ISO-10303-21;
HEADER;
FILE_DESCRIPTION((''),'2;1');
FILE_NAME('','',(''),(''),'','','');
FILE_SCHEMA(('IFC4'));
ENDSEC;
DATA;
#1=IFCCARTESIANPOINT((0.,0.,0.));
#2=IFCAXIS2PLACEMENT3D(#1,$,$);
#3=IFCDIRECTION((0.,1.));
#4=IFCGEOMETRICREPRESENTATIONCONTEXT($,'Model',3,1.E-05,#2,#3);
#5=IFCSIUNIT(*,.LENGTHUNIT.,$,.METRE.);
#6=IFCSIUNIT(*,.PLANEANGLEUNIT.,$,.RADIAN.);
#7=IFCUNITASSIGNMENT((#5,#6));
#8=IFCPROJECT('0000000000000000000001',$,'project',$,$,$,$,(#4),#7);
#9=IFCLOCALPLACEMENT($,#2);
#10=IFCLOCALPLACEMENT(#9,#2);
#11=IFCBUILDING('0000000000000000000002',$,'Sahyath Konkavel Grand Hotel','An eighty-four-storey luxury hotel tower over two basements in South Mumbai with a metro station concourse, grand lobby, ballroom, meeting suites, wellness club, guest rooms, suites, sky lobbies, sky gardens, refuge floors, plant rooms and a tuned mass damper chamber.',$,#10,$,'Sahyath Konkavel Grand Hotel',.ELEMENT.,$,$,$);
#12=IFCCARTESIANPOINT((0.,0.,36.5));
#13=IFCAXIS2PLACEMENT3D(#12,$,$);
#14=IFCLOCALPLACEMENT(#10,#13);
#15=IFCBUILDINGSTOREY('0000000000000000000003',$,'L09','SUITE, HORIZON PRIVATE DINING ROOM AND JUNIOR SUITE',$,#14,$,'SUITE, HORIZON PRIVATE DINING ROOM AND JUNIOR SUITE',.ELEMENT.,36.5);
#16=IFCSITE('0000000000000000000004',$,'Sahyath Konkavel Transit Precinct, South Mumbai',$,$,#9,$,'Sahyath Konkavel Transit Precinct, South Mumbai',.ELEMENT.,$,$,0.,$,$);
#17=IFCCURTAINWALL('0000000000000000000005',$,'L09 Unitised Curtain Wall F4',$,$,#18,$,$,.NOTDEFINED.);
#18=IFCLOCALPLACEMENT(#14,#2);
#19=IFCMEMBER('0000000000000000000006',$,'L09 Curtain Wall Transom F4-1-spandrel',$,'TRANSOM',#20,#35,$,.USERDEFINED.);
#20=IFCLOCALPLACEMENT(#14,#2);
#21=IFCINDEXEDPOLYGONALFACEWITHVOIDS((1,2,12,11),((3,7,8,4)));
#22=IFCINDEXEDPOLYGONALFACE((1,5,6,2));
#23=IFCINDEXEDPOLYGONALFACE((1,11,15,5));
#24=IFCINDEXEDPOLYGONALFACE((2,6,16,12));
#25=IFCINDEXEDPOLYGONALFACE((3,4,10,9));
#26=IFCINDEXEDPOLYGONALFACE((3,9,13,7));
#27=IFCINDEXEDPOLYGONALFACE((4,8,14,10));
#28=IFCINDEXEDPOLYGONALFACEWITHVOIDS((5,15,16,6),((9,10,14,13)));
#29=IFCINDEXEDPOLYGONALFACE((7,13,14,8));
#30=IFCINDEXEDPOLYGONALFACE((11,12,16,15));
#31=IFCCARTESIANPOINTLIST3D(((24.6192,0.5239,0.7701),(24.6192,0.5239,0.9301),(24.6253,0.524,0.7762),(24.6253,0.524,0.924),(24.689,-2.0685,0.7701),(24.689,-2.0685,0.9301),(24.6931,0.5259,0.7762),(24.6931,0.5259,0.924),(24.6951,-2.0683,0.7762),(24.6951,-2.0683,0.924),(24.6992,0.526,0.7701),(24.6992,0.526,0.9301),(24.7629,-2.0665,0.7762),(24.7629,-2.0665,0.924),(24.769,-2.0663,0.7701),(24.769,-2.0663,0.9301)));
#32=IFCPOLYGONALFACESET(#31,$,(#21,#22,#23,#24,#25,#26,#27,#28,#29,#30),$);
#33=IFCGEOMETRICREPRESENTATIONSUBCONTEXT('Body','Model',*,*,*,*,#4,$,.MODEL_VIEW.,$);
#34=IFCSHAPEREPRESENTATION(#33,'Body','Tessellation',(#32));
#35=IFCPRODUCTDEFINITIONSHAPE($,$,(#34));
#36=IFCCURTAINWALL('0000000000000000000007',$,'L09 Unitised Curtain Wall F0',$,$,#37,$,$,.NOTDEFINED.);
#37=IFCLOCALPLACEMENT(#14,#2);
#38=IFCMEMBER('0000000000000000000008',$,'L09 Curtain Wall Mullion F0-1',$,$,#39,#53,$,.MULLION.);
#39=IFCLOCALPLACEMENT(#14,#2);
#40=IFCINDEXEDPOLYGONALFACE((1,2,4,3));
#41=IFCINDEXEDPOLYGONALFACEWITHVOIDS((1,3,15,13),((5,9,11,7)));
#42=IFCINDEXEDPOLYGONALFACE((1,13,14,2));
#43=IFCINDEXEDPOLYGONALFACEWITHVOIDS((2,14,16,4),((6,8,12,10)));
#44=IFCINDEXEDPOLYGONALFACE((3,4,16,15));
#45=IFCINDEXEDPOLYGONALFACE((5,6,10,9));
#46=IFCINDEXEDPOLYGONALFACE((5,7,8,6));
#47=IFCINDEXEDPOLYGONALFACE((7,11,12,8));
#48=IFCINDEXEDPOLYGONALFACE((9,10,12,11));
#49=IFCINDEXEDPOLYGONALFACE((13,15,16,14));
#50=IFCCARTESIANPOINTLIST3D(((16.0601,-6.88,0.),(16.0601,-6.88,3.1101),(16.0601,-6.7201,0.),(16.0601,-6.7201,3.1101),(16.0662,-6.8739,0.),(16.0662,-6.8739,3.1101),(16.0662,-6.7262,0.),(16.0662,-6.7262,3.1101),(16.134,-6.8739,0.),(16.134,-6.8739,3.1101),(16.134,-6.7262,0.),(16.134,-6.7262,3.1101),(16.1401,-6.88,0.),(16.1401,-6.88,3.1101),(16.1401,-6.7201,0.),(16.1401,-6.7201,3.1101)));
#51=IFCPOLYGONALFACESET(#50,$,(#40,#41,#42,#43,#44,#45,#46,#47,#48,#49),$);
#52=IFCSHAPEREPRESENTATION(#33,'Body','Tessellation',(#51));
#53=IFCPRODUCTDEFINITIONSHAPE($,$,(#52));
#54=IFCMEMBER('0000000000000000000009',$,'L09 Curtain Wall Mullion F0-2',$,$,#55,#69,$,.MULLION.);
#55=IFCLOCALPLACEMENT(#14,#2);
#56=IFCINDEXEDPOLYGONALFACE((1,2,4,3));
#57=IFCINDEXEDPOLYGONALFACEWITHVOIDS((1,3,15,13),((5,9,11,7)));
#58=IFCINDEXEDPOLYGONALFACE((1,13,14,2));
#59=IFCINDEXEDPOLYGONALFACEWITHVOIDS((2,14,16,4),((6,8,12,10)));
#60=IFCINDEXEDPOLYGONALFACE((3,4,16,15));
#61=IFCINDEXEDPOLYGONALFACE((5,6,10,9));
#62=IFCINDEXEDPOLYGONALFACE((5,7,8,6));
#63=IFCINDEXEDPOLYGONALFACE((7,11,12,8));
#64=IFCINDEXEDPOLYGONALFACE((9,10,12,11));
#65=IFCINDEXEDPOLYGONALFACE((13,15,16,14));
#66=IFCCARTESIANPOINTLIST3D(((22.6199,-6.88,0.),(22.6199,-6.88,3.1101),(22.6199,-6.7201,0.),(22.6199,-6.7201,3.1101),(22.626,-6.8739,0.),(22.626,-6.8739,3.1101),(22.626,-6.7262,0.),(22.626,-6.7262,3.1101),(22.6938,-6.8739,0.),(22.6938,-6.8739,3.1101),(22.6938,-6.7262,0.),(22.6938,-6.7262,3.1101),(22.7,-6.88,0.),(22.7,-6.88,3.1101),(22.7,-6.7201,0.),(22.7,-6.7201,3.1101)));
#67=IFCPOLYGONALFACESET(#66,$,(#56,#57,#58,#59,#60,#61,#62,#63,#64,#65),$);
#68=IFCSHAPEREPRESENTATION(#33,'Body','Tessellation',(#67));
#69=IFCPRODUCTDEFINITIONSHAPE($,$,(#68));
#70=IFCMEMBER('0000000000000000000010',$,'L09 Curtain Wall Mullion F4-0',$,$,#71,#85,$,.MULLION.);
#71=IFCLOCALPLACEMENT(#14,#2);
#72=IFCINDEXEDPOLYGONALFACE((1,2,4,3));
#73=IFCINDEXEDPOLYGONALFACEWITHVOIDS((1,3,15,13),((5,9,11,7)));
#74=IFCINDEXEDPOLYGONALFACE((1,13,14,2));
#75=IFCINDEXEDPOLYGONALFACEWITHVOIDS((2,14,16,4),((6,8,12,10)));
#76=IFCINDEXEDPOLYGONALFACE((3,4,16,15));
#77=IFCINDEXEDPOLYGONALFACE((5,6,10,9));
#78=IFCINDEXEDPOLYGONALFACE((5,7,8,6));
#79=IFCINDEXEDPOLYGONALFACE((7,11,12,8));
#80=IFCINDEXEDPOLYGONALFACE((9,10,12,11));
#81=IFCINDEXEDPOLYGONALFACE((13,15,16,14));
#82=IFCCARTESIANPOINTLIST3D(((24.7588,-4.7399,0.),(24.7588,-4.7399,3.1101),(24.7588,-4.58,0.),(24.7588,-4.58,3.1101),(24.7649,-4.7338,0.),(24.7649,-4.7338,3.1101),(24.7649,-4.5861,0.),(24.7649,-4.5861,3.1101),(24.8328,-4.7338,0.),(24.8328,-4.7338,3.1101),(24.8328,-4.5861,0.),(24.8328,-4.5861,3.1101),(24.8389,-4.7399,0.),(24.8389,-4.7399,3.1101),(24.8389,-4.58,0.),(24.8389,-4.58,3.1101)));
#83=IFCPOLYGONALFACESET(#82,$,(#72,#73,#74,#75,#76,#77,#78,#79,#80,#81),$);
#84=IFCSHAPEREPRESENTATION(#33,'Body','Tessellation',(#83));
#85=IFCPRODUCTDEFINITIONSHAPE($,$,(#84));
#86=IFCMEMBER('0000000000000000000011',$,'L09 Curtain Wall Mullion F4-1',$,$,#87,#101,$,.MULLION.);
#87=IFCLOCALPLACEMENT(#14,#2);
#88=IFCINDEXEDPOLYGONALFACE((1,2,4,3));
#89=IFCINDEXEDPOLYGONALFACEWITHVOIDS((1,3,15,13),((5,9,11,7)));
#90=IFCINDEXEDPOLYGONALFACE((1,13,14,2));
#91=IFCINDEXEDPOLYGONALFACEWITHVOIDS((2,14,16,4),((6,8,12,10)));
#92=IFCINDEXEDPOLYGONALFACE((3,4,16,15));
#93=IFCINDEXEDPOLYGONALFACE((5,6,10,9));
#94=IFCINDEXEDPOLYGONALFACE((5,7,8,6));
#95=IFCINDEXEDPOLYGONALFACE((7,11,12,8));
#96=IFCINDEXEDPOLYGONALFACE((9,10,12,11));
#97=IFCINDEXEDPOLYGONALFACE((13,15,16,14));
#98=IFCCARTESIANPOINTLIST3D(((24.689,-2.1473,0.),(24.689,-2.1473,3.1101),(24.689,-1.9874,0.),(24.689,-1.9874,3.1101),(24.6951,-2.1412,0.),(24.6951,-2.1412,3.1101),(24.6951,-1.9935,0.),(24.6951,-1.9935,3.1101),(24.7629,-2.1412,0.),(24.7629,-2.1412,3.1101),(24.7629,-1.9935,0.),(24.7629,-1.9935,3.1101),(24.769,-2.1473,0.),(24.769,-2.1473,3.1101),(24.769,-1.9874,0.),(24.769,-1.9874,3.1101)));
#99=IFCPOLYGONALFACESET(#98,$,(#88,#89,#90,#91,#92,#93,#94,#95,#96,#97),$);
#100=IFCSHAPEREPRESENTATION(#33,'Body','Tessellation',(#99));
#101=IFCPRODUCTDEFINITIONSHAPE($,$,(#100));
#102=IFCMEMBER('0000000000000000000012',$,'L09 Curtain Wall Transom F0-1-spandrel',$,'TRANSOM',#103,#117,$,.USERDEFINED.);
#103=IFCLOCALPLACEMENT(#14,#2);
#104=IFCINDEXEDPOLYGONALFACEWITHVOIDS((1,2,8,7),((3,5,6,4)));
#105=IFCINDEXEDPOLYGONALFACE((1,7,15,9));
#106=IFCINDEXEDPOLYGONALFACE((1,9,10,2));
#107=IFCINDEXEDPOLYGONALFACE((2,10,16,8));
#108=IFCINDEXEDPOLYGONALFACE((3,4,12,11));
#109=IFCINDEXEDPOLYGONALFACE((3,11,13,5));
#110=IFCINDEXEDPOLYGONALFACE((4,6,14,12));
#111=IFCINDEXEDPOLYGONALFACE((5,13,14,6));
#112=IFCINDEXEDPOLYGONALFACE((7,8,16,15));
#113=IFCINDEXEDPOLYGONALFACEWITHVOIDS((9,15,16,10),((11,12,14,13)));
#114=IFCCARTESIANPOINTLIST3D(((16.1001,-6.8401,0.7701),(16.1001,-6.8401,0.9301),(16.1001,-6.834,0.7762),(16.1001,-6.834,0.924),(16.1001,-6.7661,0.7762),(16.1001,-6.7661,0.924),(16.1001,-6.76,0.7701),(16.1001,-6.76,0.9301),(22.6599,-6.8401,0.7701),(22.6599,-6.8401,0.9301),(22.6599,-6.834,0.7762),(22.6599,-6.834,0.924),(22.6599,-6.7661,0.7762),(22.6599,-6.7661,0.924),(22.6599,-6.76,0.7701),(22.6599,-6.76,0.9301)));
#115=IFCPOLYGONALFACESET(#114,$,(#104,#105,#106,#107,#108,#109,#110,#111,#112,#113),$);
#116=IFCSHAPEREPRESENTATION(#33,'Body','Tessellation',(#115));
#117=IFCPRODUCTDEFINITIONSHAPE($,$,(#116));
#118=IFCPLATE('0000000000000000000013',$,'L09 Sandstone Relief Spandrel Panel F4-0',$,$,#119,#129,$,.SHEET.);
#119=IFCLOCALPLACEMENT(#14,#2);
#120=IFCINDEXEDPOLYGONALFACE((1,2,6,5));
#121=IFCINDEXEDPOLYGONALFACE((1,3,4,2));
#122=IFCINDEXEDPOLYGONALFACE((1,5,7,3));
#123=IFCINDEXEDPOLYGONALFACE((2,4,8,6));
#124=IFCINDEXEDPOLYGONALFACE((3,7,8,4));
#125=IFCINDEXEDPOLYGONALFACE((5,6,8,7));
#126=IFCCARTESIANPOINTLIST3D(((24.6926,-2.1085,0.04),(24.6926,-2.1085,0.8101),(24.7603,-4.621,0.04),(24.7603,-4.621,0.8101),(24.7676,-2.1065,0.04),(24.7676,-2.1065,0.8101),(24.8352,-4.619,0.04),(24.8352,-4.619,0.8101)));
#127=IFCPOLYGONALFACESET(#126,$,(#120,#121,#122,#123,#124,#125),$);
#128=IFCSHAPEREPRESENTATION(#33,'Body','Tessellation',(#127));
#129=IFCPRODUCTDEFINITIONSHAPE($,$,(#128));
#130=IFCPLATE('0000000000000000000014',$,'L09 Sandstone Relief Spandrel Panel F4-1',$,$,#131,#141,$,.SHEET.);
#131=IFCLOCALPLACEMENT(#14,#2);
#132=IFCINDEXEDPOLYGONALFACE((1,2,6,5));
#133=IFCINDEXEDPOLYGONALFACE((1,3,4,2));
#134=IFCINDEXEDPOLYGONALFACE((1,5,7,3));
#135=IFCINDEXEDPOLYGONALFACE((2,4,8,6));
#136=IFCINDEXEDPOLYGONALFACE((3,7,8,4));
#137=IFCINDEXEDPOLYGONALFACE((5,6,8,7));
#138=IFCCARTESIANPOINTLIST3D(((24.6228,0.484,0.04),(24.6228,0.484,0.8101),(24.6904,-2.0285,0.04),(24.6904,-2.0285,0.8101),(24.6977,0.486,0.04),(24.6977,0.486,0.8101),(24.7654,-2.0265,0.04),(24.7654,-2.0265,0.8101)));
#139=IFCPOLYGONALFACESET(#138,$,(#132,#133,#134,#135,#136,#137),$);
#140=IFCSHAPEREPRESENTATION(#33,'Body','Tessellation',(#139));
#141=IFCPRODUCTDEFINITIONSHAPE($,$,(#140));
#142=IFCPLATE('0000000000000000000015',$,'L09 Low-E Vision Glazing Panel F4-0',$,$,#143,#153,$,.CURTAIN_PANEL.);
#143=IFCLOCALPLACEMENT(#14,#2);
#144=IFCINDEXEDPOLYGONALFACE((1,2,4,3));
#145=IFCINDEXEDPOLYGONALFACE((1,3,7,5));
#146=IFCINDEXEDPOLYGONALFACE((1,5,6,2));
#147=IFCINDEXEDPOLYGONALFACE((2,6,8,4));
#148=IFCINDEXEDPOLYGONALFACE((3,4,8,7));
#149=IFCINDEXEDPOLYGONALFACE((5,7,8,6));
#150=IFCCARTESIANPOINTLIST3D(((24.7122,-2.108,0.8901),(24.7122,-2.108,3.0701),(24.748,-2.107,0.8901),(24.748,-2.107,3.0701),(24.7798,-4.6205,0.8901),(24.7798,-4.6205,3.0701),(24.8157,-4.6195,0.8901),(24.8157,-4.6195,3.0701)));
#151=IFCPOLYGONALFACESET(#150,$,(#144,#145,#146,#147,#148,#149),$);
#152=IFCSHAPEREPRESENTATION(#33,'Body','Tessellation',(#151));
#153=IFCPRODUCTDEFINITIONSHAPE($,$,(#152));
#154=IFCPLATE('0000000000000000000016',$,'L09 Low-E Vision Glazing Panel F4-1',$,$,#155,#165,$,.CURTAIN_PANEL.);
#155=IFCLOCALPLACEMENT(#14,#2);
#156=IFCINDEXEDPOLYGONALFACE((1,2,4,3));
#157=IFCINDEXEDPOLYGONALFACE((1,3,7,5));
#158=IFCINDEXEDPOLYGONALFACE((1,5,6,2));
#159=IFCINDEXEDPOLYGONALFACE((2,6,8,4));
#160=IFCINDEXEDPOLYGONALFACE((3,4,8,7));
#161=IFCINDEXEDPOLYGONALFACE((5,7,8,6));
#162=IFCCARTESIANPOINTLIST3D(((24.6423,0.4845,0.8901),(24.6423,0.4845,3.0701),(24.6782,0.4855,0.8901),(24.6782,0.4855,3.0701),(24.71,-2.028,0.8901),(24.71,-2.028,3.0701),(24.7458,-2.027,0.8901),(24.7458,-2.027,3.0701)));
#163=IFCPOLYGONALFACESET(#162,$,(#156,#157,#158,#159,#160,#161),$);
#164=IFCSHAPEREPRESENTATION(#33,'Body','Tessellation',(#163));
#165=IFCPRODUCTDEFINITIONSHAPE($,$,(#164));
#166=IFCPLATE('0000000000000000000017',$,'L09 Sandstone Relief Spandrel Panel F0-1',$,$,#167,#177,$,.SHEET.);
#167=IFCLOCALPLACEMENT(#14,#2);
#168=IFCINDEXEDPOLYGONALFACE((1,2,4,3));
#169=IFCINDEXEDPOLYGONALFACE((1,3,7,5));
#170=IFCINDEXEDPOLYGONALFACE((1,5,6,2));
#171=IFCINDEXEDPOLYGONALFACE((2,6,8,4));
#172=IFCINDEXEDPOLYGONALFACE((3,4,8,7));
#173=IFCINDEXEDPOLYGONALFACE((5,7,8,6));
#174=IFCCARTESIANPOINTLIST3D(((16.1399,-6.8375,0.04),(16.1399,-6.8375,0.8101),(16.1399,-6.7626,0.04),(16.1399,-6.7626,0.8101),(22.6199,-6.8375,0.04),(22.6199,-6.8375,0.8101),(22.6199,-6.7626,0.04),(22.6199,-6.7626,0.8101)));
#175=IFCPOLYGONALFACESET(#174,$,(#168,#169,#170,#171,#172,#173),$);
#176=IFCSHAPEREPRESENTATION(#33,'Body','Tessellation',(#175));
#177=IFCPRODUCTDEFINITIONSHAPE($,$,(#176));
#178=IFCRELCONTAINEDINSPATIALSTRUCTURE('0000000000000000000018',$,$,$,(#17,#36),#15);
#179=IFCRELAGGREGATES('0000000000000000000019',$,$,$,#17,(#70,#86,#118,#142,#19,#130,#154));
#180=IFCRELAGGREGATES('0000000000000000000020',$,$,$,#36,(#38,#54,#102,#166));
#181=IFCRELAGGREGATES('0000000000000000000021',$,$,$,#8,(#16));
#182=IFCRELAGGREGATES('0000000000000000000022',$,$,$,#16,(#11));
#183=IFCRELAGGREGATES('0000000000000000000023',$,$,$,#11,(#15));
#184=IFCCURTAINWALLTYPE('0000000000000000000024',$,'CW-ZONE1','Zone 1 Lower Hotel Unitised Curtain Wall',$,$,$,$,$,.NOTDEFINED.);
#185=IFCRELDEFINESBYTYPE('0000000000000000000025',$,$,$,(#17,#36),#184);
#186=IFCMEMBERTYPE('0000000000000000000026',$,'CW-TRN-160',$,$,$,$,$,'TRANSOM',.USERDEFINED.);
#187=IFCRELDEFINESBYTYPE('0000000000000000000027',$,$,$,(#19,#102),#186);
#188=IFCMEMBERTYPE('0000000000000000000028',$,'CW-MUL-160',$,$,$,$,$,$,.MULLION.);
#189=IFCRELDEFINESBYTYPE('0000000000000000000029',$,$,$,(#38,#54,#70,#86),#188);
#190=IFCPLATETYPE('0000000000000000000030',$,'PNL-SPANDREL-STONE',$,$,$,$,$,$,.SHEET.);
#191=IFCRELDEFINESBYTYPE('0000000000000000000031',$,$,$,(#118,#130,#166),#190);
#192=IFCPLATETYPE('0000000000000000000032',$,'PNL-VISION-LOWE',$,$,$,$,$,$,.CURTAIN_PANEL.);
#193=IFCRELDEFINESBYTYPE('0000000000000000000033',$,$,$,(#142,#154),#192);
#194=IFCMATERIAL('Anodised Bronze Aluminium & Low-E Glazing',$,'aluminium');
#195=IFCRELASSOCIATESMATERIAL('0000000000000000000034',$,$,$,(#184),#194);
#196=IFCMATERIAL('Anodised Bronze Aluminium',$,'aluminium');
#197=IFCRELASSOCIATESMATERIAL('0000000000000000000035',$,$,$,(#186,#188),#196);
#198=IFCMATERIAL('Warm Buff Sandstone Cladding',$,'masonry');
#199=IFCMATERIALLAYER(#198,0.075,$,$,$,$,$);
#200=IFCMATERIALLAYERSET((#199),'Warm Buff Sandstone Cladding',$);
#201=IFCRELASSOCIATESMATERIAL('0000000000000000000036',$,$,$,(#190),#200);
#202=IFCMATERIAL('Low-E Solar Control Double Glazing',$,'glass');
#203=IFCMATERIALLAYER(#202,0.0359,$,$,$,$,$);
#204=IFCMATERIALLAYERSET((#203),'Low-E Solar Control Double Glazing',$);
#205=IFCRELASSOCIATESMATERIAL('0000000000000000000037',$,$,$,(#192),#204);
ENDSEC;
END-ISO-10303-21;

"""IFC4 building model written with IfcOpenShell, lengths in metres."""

from ifc_helpers import new_model, si_unit, direction, frame, origin, origin_2d, place, context, subcontext, project, spatial, rectangle, hollow_rectangle, extrude, source, transform, mapped, material, layer, layer_set, material_profile, profile_set, type_object, element, aggregate, save


model = new_model("IFC4")

# Units and contexts
model_context = context("Model", 3, precision=1e-05, world=origin(), true_north=direction((0.0, 1.0)))
body_context = subcontext(model_context, "Body", "Model", "MODEL_VIEW")
ifc_project = project(units=[si_unit("LENGTHUNIT", "METRE"), si_unit("PLANEANGLEUNIT", "RADIAN")], contexts=[model_context])

# Site, building, storey
site_placement = place(None, origin())
site = spatial("IfcSite", under=ifc_project, at=site_placement, Name="Sahyath Konkavel Transit Precinct, South Mumbai", LongName="Sahyath Konkavel Transit Precinct, South Mumbai", CompositionType="ELEMENT", RefElevation=0.0)
building_placement = place(site_placement, origin())
building = spatial("IfcBuilding", under=site, at=building_placement, Name="Sahyath Konkavel Grand Hotel", Description="An eighty-four-storey luxury hotel tower over two basements in South Mumbai with a metro station concourse, grand lobby, ballroom, meeting suites, wellness club, guest rooms, suites, sky lobbies, sky gardens, refuge floors, plant rooms and a tuned mass damper chamber.", LongName="Sahyath Konkavel Grand Hotel", CompositionType="ELEMENT")
storey_placement = place(building_placement, frame((0.0, 0.0, 36.5)))
storey = spatial("IfcBuildingStorey", under=building, at=storey_placement, Name="L09", Description="SUITE, HORIZON PRIVATE DINING ROOM AND JUNIOR SUITE", LongName="SUITE, HORIZON PRIVATE DINING ROOM AND JUNIOR SUITE", CompositionType="ELEMENT", Elevation=36.5)

# Curtain walls, members
ifc_material_1 = material(Name="Anodised Bronze Aluminium & Low-E Glazing", Category="aluminium")
curtain_wall_type = type_object("IfcCurtainWallType", Name="CW-ZONE1", Description="Zone 1 Lower Hotel Unitised Curtain Wall", PredefinedType="NOTDEFINED", material=ifc_material_1)
curtain_wall_1_placement = place(storey_placement, origin())
curtain_wall_1 = element("IfcCurtainWall", 1, at=curtain_wall_1_placement, inside=storey, type_object=curtain_wall_type, Name="L09 Unitised Curtain Wall F4", PredefinedType="NOTDEFINED")
ifc_material_2 = material(Name="Anodised Bronze Aluminium", Category="aluminium")
ifc_material_profile_1 = material_profile(ifc_material_2, hollow_rectangle(XDim=0.0801, YDim=0.1599, WallThickness=0.0061, at=origin_2d()), Name="RHS 160x80x6")
ifc_profile_set_1 = profile_set([ifc_material_profile_1], Name="Anodised Bronze Aluminium")
member_type_1 = type_object("IfcMemberType", Name="CW-TRN-160", ElementType="TRANSOM", PredefinedType="USERDEFINED", material=ifc_profile_set_1)
shared_shape_1 = source(origin(), body_context, "Body", "SweptSolid", [
    extrude(hollow_rectangle(XDim=0.0801, YDim=0.1599, WallThickness=0.0061, at=origin_2d()), origin(), (0.0, 0.0, 1.0), 2.5933),
])
member_1_placement = place(storey_placement, frame((24.729, -2.0674, 0.8501), z_axis=(-0.026926, 0.999637, 0.0), x_axis=(-0.999637, -0.026926, 0.0)))
member_1 = element("IfcMember", 2, at=member_1_placement, type_object=member_type_1, Name="L09 Curtain Wall Transom F4-1-spandrel", ObjectType="TRANSOM", PredefinedType="USERDEFINED", context=body_context, shape_type="MappedRepresentation", body=[
    mapped(shared_shape_1, transform((0.0, 0.0, 0.0), scale=1.0)),
])
curtain_wall_2_placement = place(storey_placement, origin())
curtain_wall_2 = element("IfcCurtainWall", 3, at=curtain_wall_2_placement, inside=storey, type_object=curtain_wall_type, Name="L09 Unitised Curtain Wall F0", PredefinedType="NOTDEFINED")
ifc_material_profile_2 = material_profile(ifc_material_2, hollow_rectangle(XDim=0.0801, YDim=0.1599, WallThickness=0.0061, at=origin_2d()), Name="RHS 160x80x6")
ifc_profile_set_2 = profile_set([ifc_material_profile_2], Name="Anodised Bronze Aluminium")
member_type_2 = type_object("IfcMemberType", Name="CW-MUL-160", PredefinedType="MULLION", material=ifc_profile_set_2)
shared_shape_2 = source(origin(), body_context, "Body", "SweptSolid", [
    extrude(hollow_rectangle(XDim=0.0801, YDim=0.1599, WallThickness=0.0061, at=origin_2d()), origin(), (0.0, 0.0, 1.0), 3.1101),
])
member_2_placement = place(storey_placement, frame((16.1001, -6.8, 0.0), z_axis=(0.0, 0.0, 1.0), x_axis=(1.0, 0.0, 0.0)))
member_2 = element("IfcMember", 4, at=member_2_placement, type_object=member_type_2, Name="L09 Curtain Wall Mullion F0-1", PredefinedType="MULLION", context=body_context, shape_type="MappedRepresentation", body=[
    mapped(shared_shape_2, transform((0.0, 0.0, 0.0), scale=1.0)),
])
member_3_placement = place(storey_placement, frame((22.6599, -6.8, 0.0), z_axis=(0.0, 0.0, 1.0), x_axis=(1.0, 0.0, 0.0)))
member_3 = element("IfcMember", 5, at=member_3_placement, type_object=member_type_2, Name="L09 Curtain Wall Mullion F0-2", PredefinedType="MULLION", context=body_context, shape_type="MappedRepresentation", body=[
    mapped(shared_shape_2, transform((0.0, 0.0, 0.0), scale=1.0)),
])

# Members
member_4_placement = place(storey_placement, frame((24.7988, -4.6599, 0.0), z_axis=(0.0, 0.0, 1.0), x_axis=(1.0, 0.0, 0.0)))
member_4 = element("IfcMember", 6, at=member_4_placement, type_object=member_type_2, Name="L09 Curtain Wall Mullion F4-0", PredefinedType="MULLION", context=body_context, shape_type="MappedRepresentation", body=[
    mapped(shared_shape_2, transform((0.0, 0.0, 0.0), scale=1.0)),
])
member_5_placement = place(storey_placement, frame((24.729, -2.0674, 0.0), z_axis=(0.0, 0.0, 1.0), x_axis=(1.0, 0.0, 0.0)))
member_5 = element("IfcMember", 7, at=member_5_placement, type_object=member_type_2, Name="L09 Curtain Wall Mullion F4-1", PredefinedType="MULLION", context=body_context, shape_type="MappedRepresentation", body=[
    mapped(shared_shape_2, transform((0.0, 0.0, 0.0), scale=1.0)),
])
shared_shape_3 = source(origin(), body_context, "Body", "SweptSolid", [
    extrude(hollow_rectangle(XDim=0.0801, YDim=0.1599, WallThickness=0.0061, at=origin_2d()), origin(), (0.0, 0.0, 1.0), 6.5598),
])
member_6_placement = place(storey_placement, frame((16.1001, -6.8, 0.8501), z_axis=(1.0, 0.0, 0.0), x_axis=(0.0, 1.0, 0.0)))
member_6 = element("IfcMember", 8, at=member_6_placement, type_object=member_type_1, Name="L09 Curtain Wall Transom F0-1-spandrel", ObjectType="TRANSOM", PredefinedType="USERDEFINED", context=body_context, shape_type="MappedRepresentation", body=[
    mapped(shared_shape_3, transform((0.0, 0.0, 0.0), scale=1.0)),
])

# Plates
ifc_material_3 = material(Name="Warm Buff Sandstone Cladding", Category="masonry")
ifc_layer_1 = layer(ifc_material_3, 0.075)
ifc_layer_set_1 = layer_set([ifc_layer_1], Name="Warm Buff Sandstone Cladding")
plate_type_1 = type_object("IfcPlateType", Name="PNL-SPANDREL-STONE", PredefinedType="SHEET", material=ifc_layer_set_1)
shared_shape_4 = source(origin(), body_context, "Body", "SweptSolid", [
    extrude(rectangle(XDim=2.5134, YDim=0.075, at=origin_2d()), origin(), (0.0, 0.0, 1.0), 0.77),
])
plate_1_placement = place(storey_placement, frame((24.7639, -3.3638, 0.04), z_axis=(0.0, 0.0, 1.0), x_axis=(-0.02691, 0.999638, 0.0)))
plate_1 = element("IfcPlate", 9, at=plate_1_placement, type_object=plate_type_1, Name="L09 Sandstone Relief Spandrel Panel F4-0", PredefinedType="SHEET", context=body_context, shape_type="MappedRepresentation", body=[
    mapped(shared_shape_4, transform((0.0, 0.0, 0.0), scale=1.0)),
])
plate_2_placement = place(storey_placement, frame((24.6941, -0.7712, 0.04), z_axis=(0.0, 0.0, 1.0), x_axis=(-0.02691, 0.999638, 0.0)))
plate_2 = element("IfcPlate", 10, at=plate_2_placement, type_object=plate_type_1, Name="L09 Sandstone Relief Spandrel Panel F4-1", PredefinedType="SHEET", context=body_context, shape_type="MappedRepresentation", body=[
    mapped(shared_shape_4, transform((0.0, 0.0, 0.0), scale=1.0)),
])
ifc_material_4 = material(Name="Low-E Solar Control Double Glazing", Category="glass")
ifc_layer_2 = layer(ifc_material_4, 0.0359)
ifc_layer_set_2 = layer_set([ifc_layer_2], Name="Low-E Solar Control Double Glazing")
plate_type_2 = type_object("IfcPlateType", Name="PNL-VISION-LOWE", PredefinedType="CURTAIN_PANEL", material=ifc_layer_set_2)
shared_shape_5 = source(origin(), body_context, "Body", "SweptSolid", [
    extrude(rectangle(XDim=2.5134, YDim=0.0359, at=origin_2d()), origin(), (0.0, 0.0, 1.0), 2.1799),
])
plate_3_placement = place(storey_placement, frame((24.7639, -3.3638, 0.8901), z_axis=(0.0, 0.0, 1.0), x_axis=(-0.02691, 0.999638, 0.0)))
plate_3 = element("IfcPlate", 11, at=plate_3_placement, type_object=plate_type_2, Name="L09 Low-E Vision Glazing Panel F4-0", PredefinedType="CURTAIN_PANEL", context=body_context, shape_type="MappedRepresentation", body=[
    mapped(shared_shape_5, transform((0.0, 0.0, 0.0), scale=1.0)),
])
plate_4_placement = place(storey_placement, frame((24.6941, -0.7712, 0.8901), z_axis=(0.0, 0.0, 1.0), x_axis=(-0.02691, 0.999638, 0.0)))
plate_4 = element("IfcPlate", 12, at=plate_4_placement, type_object=plate_type_2, Name="L09 Low-E Vision Glazing Panel F4-1", PredefinedType="CURTAIN_PANEL", context=body_context, shape_type="MappedRepresentation", body=[
    mapped(shared_shape_5, transform((0.0, 0.0, 0.0), scale=1.0)),
])
aggregate(curtain_wall_1, [member_4, member_5, plate_1, plate_3, member_1, plate_2, plate_4])
shared_shape_6 = source(origin(), body_context, "Body", "SweptSolid", [
    extrude(rectangle(XDim=6.48, YDim=0.075, at=origin_2d()), origin(), (0.0, 0.0, 1.0), 0.77),
])
plate_5_placement = place(storey_placement, frame((19.3799, -6.8, 0.04), z_axis=(0.0, 0.0, 1.0), x_axis=(1.0, 0.0, 0.0)))
plate_5 = element("IfcPlate", 13, at=plate_5_placement, type_object=plate_type_1, Name="L09 Sandstone Relief Spandrel Panel F0-1", PredefinedType="SHEET", context=body_context, shape_type="MappedRepresentation", body=[
    mapped(shared_shape_6, transform((0.0, 0.0, 0.0), scale=1.0)),
])
aggregate(curtain_wall_2, [member_2, member_3, member_6, plate_5])

save(model, "model.ifc")
